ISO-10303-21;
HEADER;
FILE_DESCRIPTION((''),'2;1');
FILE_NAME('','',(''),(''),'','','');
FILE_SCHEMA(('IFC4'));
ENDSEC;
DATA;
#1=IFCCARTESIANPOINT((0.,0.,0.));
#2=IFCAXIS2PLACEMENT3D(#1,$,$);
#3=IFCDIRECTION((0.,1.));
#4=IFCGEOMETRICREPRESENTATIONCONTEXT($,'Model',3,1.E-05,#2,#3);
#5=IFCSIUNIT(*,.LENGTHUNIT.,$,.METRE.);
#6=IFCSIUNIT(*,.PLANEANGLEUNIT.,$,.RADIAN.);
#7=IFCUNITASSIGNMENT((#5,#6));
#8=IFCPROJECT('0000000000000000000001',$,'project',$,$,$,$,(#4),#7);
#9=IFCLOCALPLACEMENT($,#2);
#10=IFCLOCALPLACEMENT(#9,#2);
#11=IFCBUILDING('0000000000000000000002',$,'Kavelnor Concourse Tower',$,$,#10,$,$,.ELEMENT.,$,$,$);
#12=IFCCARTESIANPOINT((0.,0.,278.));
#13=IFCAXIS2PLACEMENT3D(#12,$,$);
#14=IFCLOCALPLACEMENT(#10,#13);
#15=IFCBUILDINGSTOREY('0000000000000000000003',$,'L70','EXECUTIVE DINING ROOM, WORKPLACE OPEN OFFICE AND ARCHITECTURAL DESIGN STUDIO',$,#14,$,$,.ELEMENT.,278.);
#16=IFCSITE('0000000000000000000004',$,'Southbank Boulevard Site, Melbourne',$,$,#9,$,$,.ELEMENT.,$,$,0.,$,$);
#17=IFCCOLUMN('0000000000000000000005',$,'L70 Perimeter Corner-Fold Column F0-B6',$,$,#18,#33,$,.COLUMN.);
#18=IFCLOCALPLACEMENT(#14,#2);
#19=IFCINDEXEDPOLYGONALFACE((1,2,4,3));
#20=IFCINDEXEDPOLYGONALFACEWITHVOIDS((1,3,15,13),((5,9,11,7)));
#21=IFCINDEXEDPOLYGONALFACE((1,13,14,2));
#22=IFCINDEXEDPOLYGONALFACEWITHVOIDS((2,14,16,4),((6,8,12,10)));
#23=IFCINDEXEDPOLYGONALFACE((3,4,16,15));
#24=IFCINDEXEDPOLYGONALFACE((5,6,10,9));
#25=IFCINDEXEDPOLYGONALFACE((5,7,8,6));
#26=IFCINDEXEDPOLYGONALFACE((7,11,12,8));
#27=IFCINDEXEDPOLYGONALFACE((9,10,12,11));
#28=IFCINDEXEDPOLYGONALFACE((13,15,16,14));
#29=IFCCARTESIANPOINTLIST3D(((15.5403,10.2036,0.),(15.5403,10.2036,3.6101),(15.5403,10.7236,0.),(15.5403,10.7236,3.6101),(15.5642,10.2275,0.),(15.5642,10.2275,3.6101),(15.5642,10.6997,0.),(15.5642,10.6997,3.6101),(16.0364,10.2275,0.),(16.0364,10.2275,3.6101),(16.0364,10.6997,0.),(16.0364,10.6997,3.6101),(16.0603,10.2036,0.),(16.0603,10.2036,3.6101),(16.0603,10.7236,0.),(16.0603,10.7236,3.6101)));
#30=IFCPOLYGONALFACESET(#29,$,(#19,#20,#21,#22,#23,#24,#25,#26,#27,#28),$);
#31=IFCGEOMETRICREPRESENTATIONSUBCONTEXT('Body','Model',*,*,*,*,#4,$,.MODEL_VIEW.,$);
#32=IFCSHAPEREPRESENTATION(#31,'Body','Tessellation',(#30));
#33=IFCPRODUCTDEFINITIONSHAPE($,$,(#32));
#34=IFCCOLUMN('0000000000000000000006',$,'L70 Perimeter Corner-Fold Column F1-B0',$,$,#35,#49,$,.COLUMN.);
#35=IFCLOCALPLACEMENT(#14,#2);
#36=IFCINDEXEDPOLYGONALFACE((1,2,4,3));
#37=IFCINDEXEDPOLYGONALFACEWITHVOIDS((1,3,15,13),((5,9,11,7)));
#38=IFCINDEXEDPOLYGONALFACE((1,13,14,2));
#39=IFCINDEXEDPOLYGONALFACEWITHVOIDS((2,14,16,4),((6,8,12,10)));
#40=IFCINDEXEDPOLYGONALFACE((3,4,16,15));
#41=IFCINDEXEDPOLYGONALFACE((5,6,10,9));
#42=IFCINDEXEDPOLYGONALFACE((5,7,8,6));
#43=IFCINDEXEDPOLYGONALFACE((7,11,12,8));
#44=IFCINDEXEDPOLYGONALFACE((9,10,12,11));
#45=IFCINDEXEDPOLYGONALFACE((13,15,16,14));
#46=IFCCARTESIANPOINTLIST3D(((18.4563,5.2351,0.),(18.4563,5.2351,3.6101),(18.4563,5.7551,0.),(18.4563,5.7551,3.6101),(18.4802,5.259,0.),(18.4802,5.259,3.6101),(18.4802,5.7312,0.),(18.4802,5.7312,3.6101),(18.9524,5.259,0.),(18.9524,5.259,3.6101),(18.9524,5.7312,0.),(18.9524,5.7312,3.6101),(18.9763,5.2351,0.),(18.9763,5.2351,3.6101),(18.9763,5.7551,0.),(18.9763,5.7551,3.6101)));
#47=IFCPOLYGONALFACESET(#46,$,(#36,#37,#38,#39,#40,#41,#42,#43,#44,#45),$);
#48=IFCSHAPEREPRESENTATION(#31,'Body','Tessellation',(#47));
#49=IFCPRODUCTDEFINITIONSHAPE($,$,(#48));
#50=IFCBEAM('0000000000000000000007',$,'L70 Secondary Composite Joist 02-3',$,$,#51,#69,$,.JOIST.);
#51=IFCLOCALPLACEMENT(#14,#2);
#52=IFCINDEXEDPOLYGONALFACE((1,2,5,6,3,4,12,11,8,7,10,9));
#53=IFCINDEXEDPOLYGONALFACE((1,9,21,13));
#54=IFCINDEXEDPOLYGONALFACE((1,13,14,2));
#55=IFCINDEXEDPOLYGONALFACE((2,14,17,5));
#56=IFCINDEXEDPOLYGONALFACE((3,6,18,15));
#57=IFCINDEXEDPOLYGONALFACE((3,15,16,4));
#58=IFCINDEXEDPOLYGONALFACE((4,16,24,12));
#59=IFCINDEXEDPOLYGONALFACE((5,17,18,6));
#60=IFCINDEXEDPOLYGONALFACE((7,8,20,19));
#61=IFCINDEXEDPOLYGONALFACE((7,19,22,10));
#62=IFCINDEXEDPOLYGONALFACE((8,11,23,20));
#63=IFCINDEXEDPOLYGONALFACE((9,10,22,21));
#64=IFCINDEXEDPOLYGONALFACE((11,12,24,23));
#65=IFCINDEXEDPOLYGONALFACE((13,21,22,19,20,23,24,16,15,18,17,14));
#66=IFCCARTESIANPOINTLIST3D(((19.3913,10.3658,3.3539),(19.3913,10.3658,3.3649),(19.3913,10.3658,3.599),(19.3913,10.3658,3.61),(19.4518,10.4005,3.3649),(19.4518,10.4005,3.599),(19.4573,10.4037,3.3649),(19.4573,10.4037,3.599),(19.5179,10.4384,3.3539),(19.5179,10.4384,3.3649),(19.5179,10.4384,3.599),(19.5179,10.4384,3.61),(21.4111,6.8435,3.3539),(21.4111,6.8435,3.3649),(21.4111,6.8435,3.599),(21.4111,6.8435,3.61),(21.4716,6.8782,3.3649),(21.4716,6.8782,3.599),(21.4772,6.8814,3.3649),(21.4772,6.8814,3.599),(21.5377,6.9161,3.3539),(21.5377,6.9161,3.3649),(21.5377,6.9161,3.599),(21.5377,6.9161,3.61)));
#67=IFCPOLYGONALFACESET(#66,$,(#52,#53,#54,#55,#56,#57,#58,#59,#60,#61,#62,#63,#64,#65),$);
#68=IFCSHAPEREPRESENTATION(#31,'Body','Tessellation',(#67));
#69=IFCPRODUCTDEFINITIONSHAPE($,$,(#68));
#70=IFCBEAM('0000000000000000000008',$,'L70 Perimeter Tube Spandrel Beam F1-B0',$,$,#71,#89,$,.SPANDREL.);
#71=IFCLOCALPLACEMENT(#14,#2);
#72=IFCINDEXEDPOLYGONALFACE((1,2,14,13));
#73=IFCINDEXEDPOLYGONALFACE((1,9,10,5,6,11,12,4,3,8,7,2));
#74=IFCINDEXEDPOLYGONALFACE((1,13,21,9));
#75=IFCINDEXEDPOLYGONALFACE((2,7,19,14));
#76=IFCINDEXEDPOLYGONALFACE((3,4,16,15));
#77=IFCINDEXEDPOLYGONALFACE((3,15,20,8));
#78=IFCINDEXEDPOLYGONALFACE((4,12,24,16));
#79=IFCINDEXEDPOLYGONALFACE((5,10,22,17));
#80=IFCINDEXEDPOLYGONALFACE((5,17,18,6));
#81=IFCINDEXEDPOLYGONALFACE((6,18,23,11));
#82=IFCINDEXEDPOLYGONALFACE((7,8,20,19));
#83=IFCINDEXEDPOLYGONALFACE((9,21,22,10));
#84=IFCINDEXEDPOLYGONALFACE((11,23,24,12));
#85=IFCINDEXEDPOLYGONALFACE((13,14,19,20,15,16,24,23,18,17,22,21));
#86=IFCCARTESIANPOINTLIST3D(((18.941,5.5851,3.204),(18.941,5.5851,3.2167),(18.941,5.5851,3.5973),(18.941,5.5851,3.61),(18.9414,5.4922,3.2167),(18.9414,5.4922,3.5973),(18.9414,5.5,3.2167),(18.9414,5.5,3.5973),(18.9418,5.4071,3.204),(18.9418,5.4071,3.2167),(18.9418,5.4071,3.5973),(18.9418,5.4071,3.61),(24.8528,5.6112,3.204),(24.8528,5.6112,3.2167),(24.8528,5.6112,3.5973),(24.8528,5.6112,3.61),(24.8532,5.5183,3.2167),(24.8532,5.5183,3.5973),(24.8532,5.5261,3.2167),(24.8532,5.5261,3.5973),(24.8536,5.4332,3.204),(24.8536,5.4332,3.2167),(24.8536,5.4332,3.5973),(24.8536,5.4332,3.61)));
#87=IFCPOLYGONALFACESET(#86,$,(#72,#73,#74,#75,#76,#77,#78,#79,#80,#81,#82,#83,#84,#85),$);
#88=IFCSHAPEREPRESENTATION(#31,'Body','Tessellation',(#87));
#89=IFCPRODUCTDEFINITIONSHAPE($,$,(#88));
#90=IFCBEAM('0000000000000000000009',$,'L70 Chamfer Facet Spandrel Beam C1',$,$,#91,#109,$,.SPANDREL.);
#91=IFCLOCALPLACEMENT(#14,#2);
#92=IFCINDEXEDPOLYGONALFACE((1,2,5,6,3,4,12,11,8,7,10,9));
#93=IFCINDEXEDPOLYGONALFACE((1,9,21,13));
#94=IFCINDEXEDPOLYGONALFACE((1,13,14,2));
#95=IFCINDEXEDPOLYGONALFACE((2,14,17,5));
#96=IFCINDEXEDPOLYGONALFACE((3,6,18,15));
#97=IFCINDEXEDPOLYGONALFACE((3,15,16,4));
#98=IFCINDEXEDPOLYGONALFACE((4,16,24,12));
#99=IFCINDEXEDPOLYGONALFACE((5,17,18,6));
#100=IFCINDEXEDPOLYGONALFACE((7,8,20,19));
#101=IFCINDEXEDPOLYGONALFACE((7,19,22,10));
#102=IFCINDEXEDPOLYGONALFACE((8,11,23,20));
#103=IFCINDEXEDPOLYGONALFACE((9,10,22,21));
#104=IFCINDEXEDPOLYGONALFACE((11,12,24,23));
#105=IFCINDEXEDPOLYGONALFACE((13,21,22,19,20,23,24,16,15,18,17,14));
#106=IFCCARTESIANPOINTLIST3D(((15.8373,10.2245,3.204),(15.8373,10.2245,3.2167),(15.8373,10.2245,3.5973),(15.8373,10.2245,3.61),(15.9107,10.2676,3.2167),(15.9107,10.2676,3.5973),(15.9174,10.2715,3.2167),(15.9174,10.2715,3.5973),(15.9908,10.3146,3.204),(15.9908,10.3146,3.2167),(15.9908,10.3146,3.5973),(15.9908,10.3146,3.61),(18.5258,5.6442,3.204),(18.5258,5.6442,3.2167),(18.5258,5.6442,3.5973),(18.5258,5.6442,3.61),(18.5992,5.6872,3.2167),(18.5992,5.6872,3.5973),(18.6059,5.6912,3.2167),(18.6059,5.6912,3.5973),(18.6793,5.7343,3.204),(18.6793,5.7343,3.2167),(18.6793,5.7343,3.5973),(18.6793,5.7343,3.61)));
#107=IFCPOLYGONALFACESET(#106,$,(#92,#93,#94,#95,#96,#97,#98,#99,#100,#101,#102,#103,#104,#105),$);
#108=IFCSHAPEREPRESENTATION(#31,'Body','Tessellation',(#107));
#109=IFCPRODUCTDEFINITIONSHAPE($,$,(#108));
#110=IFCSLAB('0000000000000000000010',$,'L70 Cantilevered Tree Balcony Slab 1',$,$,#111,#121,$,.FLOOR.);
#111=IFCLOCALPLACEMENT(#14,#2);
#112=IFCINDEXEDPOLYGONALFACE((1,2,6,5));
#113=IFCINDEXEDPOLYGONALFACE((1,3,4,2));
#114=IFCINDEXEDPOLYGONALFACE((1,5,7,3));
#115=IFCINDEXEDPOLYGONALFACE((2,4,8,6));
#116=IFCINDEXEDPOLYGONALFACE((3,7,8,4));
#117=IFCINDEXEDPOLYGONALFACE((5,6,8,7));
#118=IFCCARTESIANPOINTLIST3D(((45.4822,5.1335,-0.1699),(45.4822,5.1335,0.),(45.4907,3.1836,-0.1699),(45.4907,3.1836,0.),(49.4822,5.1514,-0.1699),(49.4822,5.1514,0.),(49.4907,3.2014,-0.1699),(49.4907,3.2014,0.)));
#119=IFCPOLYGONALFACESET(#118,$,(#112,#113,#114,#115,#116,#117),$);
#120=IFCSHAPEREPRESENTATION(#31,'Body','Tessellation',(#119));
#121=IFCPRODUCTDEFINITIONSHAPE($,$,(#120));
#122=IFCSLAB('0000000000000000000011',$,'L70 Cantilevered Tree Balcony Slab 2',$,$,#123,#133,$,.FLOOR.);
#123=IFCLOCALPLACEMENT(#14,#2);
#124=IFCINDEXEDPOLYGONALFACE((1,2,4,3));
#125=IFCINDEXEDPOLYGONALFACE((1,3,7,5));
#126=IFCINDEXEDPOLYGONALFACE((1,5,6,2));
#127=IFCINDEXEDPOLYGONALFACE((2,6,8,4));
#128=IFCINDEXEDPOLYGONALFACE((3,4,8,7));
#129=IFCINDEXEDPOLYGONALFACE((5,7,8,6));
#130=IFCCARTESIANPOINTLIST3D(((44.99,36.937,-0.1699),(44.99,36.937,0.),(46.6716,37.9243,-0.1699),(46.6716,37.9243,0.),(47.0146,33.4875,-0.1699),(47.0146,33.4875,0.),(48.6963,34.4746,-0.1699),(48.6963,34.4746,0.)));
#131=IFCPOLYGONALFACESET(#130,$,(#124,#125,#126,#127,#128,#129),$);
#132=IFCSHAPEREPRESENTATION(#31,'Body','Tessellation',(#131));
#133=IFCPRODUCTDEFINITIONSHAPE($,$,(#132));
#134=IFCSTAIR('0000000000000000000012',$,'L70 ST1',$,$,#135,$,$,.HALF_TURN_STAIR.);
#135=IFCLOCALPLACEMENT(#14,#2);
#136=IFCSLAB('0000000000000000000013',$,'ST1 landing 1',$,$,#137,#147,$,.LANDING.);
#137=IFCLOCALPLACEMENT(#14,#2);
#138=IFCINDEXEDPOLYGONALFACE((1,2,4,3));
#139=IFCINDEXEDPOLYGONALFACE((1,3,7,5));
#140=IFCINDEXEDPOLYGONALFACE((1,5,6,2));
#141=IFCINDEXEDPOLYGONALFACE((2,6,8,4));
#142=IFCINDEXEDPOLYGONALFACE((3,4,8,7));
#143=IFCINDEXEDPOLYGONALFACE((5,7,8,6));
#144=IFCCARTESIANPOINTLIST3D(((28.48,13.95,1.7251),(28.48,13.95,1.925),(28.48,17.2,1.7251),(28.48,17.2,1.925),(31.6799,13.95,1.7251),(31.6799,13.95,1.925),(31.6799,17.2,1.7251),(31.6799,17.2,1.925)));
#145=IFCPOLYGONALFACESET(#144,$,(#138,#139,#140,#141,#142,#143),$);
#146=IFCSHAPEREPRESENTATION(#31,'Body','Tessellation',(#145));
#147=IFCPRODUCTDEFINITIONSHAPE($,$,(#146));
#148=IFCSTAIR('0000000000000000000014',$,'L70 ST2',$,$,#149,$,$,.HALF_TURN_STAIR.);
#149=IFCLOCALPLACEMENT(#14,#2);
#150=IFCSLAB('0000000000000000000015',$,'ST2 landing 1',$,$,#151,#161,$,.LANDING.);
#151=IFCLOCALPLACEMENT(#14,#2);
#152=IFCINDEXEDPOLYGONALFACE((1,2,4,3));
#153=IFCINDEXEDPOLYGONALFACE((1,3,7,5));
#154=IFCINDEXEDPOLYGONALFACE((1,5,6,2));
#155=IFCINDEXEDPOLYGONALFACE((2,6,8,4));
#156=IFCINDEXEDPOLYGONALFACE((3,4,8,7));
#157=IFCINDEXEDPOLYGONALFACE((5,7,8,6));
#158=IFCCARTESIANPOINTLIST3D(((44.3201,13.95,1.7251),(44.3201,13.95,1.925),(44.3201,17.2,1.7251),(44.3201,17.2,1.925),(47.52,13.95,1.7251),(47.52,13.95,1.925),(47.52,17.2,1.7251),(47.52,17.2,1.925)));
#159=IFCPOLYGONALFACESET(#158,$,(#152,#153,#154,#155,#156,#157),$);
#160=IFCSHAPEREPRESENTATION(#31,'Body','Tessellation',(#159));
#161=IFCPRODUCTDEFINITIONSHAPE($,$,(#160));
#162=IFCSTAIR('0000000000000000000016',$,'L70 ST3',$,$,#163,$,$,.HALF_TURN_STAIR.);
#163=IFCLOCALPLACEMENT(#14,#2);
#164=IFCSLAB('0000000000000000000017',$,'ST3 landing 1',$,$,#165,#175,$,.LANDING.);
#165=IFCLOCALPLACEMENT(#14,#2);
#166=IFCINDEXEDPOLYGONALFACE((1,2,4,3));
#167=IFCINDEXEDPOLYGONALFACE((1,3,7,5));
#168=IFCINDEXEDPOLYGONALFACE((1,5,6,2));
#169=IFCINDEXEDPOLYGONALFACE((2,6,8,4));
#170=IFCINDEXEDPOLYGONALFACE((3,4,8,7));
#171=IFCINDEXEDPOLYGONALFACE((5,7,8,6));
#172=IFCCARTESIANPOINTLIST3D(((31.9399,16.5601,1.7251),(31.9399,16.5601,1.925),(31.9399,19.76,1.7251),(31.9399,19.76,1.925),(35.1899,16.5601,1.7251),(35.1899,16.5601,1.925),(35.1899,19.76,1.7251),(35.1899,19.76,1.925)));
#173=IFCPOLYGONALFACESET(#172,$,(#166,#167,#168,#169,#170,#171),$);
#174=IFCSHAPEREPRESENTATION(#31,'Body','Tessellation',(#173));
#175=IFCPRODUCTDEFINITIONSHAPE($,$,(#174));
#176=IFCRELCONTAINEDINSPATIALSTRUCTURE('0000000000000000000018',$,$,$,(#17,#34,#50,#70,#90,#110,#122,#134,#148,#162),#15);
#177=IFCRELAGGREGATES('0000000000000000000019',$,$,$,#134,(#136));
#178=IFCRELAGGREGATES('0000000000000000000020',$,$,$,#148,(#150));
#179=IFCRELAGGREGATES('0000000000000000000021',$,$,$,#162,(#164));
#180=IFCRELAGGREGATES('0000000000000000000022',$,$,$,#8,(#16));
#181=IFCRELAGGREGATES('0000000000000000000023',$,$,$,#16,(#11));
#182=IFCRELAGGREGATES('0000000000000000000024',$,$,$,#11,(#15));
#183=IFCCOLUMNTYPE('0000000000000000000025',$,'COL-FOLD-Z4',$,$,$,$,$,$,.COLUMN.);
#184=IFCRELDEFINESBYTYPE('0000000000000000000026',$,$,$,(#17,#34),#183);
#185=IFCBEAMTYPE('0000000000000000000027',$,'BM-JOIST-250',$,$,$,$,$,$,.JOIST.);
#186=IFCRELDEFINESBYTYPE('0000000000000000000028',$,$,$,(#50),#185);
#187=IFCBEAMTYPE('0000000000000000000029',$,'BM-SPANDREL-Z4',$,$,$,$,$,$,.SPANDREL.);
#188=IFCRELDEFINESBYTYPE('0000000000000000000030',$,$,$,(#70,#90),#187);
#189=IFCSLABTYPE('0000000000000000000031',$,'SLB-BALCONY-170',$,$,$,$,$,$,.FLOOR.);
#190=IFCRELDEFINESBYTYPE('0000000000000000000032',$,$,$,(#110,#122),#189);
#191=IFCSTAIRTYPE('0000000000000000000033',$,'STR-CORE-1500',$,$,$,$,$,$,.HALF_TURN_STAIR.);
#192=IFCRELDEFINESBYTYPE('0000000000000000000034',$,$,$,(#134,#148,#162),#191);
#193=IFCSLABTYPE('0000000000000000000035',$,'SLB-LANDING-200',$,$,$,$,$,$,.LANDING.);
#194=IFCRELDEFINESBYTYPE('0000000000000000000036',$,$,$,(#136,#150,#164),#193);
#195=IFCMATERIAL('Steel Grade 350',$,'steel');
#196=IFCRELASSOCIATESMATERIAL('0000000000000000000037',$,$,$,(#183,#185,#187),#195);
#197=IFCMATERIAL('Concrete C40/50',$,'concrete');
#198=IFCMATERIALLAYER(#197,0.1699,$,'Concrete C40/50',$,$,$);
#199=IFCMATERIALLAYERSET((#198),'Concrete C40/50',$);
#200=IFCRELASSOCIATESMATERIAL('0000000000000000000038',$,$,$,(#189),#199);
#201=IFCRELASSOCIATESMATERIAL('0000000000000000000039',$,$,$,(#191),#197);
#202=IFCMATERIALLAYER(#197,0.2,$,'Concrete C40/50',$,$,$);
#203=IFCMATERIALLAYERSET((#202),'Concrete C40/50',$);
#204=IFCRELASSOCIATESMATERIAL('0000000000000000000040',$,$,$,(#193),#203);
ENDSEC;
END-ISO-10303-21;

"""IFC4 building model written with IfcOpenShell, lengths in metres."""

from ifc_helpers import new_model, si_unit, direction, frame, origin, origin_2d, place, context, subcontext, project, spatial, polyline, hollow_rectangle, i_section, outline, extrude, material, layer, layer_set, material_profile, profile_set, type_object, element, aggregate, save


model = new_model("IFC4")

# Units and contexts
model_context = context("Model", 3, precision=1e-05, world=origin(), true_north=direction((0.0, 1.0)))
body_context = subcontext(model_context, "Body", "Model", "MODEL_VIEW")
ifc_project = project(units=[si_unit("LENGTHUNIT", "METRE"), si_unit("PLANEANGLEUNIT", "RADIAN")], contexts=[model_context])

# Site, building, storey
site_placement = place(None, origin())
site = spatial("IfcSite", under=ifc_project, at=site_placement, Name="Southbank Boulevard Site, Melbourne", CompositionType="ELEMENT", RefElevation=0.0)
building_placement = place(site_placement, origin())
building = spatial("IfcBuilding", under=site, at=building_placement, Name="Kavelnor Concourse Tower", CompositionType="ELEMENT")
storey_placement = place(building_placement, frame((0.0, 0.0, 278.0)))
storey = spatial("IfcBuildingStorey", under=building, at=storey_placement, Name="L70", Description="EXECUTIVE DINING ROOM, WORKPLACE OPEN OFFICE AND ARCHITECTURAL DESIGN STUDIO", CompositionType="ELEMENT", Elevation=278.0)

# Columns
ifc_material_1 = material(Name="Steel Grade 350", Category="steel")
ifc_material_profile_1 = material_profile(ifc_material_1, hollow_rectangle(XDim=0.52, YDim=0.52, WallThickness=0.0239, at=origin_2d()), Name="SHS 520x520x24")
ifc_profile_set_1 = profile_set([ifc_material_profile_1], Name="Steel Grade 350")
column_type = type_object("IfcColumnType", Name="COL-FOLD-Z4", PredefinedType="COLUMN", material=ifc_profile_set_1)
for number, where, z_axis, x_axis, name in (
    (1, (15.8003, 10.4636, 0.0), (0.0, 0.0, 1.0), (1.0, 0.0, 0.0), "L70 Perimeter Corner-Fold Column F0-B6"),
    (2, (18.7163, 5.4951, 0.0), (0.0, 0.0, 1.0), (1.0, 0.0, 0.0), "L70 Perimeter Corner-Fold Column F1-B0"),
):
    element("IfcColumn", number, at=place(storey_placement, frame(where, z_axis=z_axis, x_axis=x_axis)), inside=storey, type_object=column_type, Name=name, PredefinedType="COLUMN", context=body_context, shape_type="SweptSolid", body=[
        extrude(hollow_rectangle(XDim=0.52, YDim=0.52, WallThickness=0.0239, at=origin_2d()), origin(), (0.0, 0.0, 1.0), 3.6101),
    ])

# Beams
ifc_material_profile_2 = material_profile(ifc_material_1, i_section(OverallWidth=0.146, OverallDepth=0.2561, WebThickness=0.0063, FlangeThickness=0.011, at=origin_2d()), Name="250UB37")
ifc_profile_set_2 = profile_set([ifc_material_profile_2], Name="Steel Grade 350")
beam_type_1 = type_object("IfcBeamType", Name="BM-JOIST-250", PredefinedType="JOIST", material=ifc_profile_set_2)
beam_1_placement = place(storey_placement, frame((19.4546, 10.4021, 3.4819), z_axis=(0.497453, -0.867491, 0.0), x_axis=(0.867491, 0.497453, 0.0)))
element("IfcBeam", 3, at=beam_1_placement, inside=storey, type_object=beam_type_1, Name="L70 Secondary Composite Joist 02-3", PredefinedType="JOIST", context=body_context, shape_type="SweptSolid", body=[
    extrude(i_section(OverallWidth=0.146, OverallDepth=0.2561, WebThickness=0.0063, FlangeThickness=0.011, at=origin_2d()), origin(), (0.0, 0.0, 1.0), 4.0603),
])
ifc_material_profile_3 = material_profile(ifc_material_1, i_section(OverallWidth=0.178, OverallDepth=0.406, WebThickness=0.0078, FlangeThickness=0.0127, at=origin_2d()), Name="410UB59")
ifc_profile_set_3 = profile_set([ifc_material_profile_3], Name="Steel Grade 350")
beam_type_2 = type_object("IfcBeamType", Name="BM-SPANDREL-Z4", PredefinedType="SPANDREL", material=ifc_profile_set_3)
beam_2_placement = place(storey_placement, frame((18.9414, 5.4961, 3.407), z_axis=(0.99999, 0.004419, 0.0), x_axis=(-0.004419, 0.99999, 0.0)))
element("IfcBeam", 4, at=beam_2_placement, inside=storey, type_object=beam_type_2, Name="L70 Perimeter Tube Spandrel Beam F1-B0", PredefinedType="SPANDREL", context=body_context, shape_type="SweptSolid", body=[
    extrude(i_section(OverallWidth=0.178, OverallDepth=0.406, WebThickness=0.0078, FlangeThickness=0.0127, at=origin_2d()), origin(), (0.0, 0.0, 1.0), 5.9119),
])
beam_3_placement = place(storey_placement, frame((15.9141, 10.2695, 3.407), z_axis=(0.506204, -0.862414, 0.0), x_axis=(0.862414, 0.506204, 0.0)))
element("IfcBeam", 5, at=beam_3_placement, inside=storey, type_object=beam_type_2, Name="L70 Chamfer Facet Spandrel Beam C1", PredefinedType="SPANDREL", context=body_context, shape_type="SweptSolid", body=[
    extrude(i_section(OverallWidth=0.178, OverallDepth=0.406, WebThickness=0.0078, FlangeThickness=0.0127, at=origin_2d()), origin(), (0.0, 0.0, 1.0), 5.311),
])

# Slabs
ifc_material_2 = material(Name="Concrete C40/50", Category="concrete")
ifc_layer_1 = layer(ifc_material_2, 0.1699, Name="Concrete C40/50")
ifc_layer_set_1 = layer_set([ifc_layer_1], Name="Concrete C40/50")
slab_type_1 = type_object("IfcSlabType", Name="SLB-BALCONY-170", PredefinedType="FLOOR", material=ifc_layer_set_1)
slab_1_placement = place(storey_placement, frame((0.0, 0.0, -0.1699)))
element("IfcSlab", 6, at=slab_1_placement, inside=storey, type_object=slab_type_1, Name="L70 Cantilevered Tree Balcony Slab 1", PredefinedType="FLOOR", context=body_context, shape_type="SweptSolid", body=[
    extrude(outline(polyline([(49.4907, 3.2014), (45.4907, 3.1836), (45.4822, 5.1335), (49.4822, 5.1514), (49.4907, 3.2014)])), origin(), (0.0, 0.0, 1.0), 0.1699),
])
slab_2_placement = place(storey_placement, frame((0.0, 0.0, -0.1699)))
element("IfcSlab", 7, at=slab_2_placement, inside=storey, type_object=slab_type_1, Name="L70 Cantilevered Tree Balcony Slab 2", PredefinedType="FLOOR", context=body_context, shape_type="SweptSolid", body=[
    extrude(outline(polyline([(46.6716, 37.9243), (48.6963, 34.4746), (47.0146, 33.4875), (44.99, 36.937), (46.6716, 37.9243)])), origin(), (0.0, 0.0, 1.0), 0.1699),
])

# Stairs, slabs
stair_type = type_object("IfcStairType", Name="STR-CORE-1500", PredefinedType="HALF_TURN_STAIR", material=ifc_material_2)
stair_1_placement = place(storey_placement, origin())
stair_1 = element("IfcStair", 8, at=stair_1_placement, inside=storey, type_object=stair_type, Name="L70 ST1", PredefinedType="HALF_TURN_STAIR")
ifc_layer_2 = layer(ifc_material_2, 0.2, Name="Concrete C40/50")
ifc_layer_set_2 = layer_set([ifc_layer_2], Name="Concrete C40/50")
slab_type_2 = type_object("IfcSlabType", Name="SLB-LANDING-200", PredefinedType="LANDING", material=ifc_layer_set_2)
slab_3_placement = place(storey_placement, frame((0.0, 0.0, 1.7251)))
slab_3 = element("IfcSlab", 9, at=slab_3_placement, type_object=slab_type_2, Name="ST1 landing 1", PredefinedType="LANDING", context=body_context, shape_type="SweptSolid", body=[
    extrude(outline(polyline([(31.6799, 13.95), (31.6799, 17.2), (28.48, 17.2), (28.48, 13.95), (31.6799, 13.95)])), origin(), (0.0, 0.0, 1.0), 0.2),
])
aggregate(stair_1, [slab_3])
stair_2_placement = place(storey_placement, origin())
stair_2 = element("IfcStair", 10, at=stair_2_placement, inside=storey, type_object=stair_type, Name="L70 ST2", PredefinedType="HALF_TURN_STAIR")
slab_4_placement = place(storey_placement, frame((0.0, 0.0, 1.7251)))
slab_4 = element("IfcSlab", 11, at=slab_4_placement, type_object=slab_type_2, Name="ST2 landing 1", PredefinedType="LANDING", context=body_context, shape_type="SweptSolid", body=[
    extrude(outline(polyline([(47.52, 13.95), (47.52, 17.2), (44.3201, 17.2), (44.3201, 13.95), (47.52, 13.95)])), origin(), (0.0, 0.0, 1.0), 0.2),
])
aggregate(stair_2, [slab_4])
stair_3_placement = place(storey_placement, origin())
stair_3 = element("IfcStair", 12, at=stair_3_placement, inside=storey, type_object=stair_type, Name="L70 ST3", PredefinedType="HALF_TURN_STAIR")
slab_5_placement = place(storey_placement, frame((0.0, 0.0, 1.7251)))
slab_5 = element("IfcSlab", 13, at=slab_5_placement, type_object=slab_type_2, Name="ST3 landing 1", PredefinedType="LANDING", context=body_context, shape_type="SweptSolid", body=[
    extrude(outline(polyline([(35.1899, 19.76), (31.9399, 19.76), (31.9399, 16.5601), (35.1899, 16.5601), (35.1899, 19.76)])), origin(), (0.0, 0.0, 1.0), 0.2),
])
aggregate(stair_3, [slab_5])

save(model, "model.ifc")
